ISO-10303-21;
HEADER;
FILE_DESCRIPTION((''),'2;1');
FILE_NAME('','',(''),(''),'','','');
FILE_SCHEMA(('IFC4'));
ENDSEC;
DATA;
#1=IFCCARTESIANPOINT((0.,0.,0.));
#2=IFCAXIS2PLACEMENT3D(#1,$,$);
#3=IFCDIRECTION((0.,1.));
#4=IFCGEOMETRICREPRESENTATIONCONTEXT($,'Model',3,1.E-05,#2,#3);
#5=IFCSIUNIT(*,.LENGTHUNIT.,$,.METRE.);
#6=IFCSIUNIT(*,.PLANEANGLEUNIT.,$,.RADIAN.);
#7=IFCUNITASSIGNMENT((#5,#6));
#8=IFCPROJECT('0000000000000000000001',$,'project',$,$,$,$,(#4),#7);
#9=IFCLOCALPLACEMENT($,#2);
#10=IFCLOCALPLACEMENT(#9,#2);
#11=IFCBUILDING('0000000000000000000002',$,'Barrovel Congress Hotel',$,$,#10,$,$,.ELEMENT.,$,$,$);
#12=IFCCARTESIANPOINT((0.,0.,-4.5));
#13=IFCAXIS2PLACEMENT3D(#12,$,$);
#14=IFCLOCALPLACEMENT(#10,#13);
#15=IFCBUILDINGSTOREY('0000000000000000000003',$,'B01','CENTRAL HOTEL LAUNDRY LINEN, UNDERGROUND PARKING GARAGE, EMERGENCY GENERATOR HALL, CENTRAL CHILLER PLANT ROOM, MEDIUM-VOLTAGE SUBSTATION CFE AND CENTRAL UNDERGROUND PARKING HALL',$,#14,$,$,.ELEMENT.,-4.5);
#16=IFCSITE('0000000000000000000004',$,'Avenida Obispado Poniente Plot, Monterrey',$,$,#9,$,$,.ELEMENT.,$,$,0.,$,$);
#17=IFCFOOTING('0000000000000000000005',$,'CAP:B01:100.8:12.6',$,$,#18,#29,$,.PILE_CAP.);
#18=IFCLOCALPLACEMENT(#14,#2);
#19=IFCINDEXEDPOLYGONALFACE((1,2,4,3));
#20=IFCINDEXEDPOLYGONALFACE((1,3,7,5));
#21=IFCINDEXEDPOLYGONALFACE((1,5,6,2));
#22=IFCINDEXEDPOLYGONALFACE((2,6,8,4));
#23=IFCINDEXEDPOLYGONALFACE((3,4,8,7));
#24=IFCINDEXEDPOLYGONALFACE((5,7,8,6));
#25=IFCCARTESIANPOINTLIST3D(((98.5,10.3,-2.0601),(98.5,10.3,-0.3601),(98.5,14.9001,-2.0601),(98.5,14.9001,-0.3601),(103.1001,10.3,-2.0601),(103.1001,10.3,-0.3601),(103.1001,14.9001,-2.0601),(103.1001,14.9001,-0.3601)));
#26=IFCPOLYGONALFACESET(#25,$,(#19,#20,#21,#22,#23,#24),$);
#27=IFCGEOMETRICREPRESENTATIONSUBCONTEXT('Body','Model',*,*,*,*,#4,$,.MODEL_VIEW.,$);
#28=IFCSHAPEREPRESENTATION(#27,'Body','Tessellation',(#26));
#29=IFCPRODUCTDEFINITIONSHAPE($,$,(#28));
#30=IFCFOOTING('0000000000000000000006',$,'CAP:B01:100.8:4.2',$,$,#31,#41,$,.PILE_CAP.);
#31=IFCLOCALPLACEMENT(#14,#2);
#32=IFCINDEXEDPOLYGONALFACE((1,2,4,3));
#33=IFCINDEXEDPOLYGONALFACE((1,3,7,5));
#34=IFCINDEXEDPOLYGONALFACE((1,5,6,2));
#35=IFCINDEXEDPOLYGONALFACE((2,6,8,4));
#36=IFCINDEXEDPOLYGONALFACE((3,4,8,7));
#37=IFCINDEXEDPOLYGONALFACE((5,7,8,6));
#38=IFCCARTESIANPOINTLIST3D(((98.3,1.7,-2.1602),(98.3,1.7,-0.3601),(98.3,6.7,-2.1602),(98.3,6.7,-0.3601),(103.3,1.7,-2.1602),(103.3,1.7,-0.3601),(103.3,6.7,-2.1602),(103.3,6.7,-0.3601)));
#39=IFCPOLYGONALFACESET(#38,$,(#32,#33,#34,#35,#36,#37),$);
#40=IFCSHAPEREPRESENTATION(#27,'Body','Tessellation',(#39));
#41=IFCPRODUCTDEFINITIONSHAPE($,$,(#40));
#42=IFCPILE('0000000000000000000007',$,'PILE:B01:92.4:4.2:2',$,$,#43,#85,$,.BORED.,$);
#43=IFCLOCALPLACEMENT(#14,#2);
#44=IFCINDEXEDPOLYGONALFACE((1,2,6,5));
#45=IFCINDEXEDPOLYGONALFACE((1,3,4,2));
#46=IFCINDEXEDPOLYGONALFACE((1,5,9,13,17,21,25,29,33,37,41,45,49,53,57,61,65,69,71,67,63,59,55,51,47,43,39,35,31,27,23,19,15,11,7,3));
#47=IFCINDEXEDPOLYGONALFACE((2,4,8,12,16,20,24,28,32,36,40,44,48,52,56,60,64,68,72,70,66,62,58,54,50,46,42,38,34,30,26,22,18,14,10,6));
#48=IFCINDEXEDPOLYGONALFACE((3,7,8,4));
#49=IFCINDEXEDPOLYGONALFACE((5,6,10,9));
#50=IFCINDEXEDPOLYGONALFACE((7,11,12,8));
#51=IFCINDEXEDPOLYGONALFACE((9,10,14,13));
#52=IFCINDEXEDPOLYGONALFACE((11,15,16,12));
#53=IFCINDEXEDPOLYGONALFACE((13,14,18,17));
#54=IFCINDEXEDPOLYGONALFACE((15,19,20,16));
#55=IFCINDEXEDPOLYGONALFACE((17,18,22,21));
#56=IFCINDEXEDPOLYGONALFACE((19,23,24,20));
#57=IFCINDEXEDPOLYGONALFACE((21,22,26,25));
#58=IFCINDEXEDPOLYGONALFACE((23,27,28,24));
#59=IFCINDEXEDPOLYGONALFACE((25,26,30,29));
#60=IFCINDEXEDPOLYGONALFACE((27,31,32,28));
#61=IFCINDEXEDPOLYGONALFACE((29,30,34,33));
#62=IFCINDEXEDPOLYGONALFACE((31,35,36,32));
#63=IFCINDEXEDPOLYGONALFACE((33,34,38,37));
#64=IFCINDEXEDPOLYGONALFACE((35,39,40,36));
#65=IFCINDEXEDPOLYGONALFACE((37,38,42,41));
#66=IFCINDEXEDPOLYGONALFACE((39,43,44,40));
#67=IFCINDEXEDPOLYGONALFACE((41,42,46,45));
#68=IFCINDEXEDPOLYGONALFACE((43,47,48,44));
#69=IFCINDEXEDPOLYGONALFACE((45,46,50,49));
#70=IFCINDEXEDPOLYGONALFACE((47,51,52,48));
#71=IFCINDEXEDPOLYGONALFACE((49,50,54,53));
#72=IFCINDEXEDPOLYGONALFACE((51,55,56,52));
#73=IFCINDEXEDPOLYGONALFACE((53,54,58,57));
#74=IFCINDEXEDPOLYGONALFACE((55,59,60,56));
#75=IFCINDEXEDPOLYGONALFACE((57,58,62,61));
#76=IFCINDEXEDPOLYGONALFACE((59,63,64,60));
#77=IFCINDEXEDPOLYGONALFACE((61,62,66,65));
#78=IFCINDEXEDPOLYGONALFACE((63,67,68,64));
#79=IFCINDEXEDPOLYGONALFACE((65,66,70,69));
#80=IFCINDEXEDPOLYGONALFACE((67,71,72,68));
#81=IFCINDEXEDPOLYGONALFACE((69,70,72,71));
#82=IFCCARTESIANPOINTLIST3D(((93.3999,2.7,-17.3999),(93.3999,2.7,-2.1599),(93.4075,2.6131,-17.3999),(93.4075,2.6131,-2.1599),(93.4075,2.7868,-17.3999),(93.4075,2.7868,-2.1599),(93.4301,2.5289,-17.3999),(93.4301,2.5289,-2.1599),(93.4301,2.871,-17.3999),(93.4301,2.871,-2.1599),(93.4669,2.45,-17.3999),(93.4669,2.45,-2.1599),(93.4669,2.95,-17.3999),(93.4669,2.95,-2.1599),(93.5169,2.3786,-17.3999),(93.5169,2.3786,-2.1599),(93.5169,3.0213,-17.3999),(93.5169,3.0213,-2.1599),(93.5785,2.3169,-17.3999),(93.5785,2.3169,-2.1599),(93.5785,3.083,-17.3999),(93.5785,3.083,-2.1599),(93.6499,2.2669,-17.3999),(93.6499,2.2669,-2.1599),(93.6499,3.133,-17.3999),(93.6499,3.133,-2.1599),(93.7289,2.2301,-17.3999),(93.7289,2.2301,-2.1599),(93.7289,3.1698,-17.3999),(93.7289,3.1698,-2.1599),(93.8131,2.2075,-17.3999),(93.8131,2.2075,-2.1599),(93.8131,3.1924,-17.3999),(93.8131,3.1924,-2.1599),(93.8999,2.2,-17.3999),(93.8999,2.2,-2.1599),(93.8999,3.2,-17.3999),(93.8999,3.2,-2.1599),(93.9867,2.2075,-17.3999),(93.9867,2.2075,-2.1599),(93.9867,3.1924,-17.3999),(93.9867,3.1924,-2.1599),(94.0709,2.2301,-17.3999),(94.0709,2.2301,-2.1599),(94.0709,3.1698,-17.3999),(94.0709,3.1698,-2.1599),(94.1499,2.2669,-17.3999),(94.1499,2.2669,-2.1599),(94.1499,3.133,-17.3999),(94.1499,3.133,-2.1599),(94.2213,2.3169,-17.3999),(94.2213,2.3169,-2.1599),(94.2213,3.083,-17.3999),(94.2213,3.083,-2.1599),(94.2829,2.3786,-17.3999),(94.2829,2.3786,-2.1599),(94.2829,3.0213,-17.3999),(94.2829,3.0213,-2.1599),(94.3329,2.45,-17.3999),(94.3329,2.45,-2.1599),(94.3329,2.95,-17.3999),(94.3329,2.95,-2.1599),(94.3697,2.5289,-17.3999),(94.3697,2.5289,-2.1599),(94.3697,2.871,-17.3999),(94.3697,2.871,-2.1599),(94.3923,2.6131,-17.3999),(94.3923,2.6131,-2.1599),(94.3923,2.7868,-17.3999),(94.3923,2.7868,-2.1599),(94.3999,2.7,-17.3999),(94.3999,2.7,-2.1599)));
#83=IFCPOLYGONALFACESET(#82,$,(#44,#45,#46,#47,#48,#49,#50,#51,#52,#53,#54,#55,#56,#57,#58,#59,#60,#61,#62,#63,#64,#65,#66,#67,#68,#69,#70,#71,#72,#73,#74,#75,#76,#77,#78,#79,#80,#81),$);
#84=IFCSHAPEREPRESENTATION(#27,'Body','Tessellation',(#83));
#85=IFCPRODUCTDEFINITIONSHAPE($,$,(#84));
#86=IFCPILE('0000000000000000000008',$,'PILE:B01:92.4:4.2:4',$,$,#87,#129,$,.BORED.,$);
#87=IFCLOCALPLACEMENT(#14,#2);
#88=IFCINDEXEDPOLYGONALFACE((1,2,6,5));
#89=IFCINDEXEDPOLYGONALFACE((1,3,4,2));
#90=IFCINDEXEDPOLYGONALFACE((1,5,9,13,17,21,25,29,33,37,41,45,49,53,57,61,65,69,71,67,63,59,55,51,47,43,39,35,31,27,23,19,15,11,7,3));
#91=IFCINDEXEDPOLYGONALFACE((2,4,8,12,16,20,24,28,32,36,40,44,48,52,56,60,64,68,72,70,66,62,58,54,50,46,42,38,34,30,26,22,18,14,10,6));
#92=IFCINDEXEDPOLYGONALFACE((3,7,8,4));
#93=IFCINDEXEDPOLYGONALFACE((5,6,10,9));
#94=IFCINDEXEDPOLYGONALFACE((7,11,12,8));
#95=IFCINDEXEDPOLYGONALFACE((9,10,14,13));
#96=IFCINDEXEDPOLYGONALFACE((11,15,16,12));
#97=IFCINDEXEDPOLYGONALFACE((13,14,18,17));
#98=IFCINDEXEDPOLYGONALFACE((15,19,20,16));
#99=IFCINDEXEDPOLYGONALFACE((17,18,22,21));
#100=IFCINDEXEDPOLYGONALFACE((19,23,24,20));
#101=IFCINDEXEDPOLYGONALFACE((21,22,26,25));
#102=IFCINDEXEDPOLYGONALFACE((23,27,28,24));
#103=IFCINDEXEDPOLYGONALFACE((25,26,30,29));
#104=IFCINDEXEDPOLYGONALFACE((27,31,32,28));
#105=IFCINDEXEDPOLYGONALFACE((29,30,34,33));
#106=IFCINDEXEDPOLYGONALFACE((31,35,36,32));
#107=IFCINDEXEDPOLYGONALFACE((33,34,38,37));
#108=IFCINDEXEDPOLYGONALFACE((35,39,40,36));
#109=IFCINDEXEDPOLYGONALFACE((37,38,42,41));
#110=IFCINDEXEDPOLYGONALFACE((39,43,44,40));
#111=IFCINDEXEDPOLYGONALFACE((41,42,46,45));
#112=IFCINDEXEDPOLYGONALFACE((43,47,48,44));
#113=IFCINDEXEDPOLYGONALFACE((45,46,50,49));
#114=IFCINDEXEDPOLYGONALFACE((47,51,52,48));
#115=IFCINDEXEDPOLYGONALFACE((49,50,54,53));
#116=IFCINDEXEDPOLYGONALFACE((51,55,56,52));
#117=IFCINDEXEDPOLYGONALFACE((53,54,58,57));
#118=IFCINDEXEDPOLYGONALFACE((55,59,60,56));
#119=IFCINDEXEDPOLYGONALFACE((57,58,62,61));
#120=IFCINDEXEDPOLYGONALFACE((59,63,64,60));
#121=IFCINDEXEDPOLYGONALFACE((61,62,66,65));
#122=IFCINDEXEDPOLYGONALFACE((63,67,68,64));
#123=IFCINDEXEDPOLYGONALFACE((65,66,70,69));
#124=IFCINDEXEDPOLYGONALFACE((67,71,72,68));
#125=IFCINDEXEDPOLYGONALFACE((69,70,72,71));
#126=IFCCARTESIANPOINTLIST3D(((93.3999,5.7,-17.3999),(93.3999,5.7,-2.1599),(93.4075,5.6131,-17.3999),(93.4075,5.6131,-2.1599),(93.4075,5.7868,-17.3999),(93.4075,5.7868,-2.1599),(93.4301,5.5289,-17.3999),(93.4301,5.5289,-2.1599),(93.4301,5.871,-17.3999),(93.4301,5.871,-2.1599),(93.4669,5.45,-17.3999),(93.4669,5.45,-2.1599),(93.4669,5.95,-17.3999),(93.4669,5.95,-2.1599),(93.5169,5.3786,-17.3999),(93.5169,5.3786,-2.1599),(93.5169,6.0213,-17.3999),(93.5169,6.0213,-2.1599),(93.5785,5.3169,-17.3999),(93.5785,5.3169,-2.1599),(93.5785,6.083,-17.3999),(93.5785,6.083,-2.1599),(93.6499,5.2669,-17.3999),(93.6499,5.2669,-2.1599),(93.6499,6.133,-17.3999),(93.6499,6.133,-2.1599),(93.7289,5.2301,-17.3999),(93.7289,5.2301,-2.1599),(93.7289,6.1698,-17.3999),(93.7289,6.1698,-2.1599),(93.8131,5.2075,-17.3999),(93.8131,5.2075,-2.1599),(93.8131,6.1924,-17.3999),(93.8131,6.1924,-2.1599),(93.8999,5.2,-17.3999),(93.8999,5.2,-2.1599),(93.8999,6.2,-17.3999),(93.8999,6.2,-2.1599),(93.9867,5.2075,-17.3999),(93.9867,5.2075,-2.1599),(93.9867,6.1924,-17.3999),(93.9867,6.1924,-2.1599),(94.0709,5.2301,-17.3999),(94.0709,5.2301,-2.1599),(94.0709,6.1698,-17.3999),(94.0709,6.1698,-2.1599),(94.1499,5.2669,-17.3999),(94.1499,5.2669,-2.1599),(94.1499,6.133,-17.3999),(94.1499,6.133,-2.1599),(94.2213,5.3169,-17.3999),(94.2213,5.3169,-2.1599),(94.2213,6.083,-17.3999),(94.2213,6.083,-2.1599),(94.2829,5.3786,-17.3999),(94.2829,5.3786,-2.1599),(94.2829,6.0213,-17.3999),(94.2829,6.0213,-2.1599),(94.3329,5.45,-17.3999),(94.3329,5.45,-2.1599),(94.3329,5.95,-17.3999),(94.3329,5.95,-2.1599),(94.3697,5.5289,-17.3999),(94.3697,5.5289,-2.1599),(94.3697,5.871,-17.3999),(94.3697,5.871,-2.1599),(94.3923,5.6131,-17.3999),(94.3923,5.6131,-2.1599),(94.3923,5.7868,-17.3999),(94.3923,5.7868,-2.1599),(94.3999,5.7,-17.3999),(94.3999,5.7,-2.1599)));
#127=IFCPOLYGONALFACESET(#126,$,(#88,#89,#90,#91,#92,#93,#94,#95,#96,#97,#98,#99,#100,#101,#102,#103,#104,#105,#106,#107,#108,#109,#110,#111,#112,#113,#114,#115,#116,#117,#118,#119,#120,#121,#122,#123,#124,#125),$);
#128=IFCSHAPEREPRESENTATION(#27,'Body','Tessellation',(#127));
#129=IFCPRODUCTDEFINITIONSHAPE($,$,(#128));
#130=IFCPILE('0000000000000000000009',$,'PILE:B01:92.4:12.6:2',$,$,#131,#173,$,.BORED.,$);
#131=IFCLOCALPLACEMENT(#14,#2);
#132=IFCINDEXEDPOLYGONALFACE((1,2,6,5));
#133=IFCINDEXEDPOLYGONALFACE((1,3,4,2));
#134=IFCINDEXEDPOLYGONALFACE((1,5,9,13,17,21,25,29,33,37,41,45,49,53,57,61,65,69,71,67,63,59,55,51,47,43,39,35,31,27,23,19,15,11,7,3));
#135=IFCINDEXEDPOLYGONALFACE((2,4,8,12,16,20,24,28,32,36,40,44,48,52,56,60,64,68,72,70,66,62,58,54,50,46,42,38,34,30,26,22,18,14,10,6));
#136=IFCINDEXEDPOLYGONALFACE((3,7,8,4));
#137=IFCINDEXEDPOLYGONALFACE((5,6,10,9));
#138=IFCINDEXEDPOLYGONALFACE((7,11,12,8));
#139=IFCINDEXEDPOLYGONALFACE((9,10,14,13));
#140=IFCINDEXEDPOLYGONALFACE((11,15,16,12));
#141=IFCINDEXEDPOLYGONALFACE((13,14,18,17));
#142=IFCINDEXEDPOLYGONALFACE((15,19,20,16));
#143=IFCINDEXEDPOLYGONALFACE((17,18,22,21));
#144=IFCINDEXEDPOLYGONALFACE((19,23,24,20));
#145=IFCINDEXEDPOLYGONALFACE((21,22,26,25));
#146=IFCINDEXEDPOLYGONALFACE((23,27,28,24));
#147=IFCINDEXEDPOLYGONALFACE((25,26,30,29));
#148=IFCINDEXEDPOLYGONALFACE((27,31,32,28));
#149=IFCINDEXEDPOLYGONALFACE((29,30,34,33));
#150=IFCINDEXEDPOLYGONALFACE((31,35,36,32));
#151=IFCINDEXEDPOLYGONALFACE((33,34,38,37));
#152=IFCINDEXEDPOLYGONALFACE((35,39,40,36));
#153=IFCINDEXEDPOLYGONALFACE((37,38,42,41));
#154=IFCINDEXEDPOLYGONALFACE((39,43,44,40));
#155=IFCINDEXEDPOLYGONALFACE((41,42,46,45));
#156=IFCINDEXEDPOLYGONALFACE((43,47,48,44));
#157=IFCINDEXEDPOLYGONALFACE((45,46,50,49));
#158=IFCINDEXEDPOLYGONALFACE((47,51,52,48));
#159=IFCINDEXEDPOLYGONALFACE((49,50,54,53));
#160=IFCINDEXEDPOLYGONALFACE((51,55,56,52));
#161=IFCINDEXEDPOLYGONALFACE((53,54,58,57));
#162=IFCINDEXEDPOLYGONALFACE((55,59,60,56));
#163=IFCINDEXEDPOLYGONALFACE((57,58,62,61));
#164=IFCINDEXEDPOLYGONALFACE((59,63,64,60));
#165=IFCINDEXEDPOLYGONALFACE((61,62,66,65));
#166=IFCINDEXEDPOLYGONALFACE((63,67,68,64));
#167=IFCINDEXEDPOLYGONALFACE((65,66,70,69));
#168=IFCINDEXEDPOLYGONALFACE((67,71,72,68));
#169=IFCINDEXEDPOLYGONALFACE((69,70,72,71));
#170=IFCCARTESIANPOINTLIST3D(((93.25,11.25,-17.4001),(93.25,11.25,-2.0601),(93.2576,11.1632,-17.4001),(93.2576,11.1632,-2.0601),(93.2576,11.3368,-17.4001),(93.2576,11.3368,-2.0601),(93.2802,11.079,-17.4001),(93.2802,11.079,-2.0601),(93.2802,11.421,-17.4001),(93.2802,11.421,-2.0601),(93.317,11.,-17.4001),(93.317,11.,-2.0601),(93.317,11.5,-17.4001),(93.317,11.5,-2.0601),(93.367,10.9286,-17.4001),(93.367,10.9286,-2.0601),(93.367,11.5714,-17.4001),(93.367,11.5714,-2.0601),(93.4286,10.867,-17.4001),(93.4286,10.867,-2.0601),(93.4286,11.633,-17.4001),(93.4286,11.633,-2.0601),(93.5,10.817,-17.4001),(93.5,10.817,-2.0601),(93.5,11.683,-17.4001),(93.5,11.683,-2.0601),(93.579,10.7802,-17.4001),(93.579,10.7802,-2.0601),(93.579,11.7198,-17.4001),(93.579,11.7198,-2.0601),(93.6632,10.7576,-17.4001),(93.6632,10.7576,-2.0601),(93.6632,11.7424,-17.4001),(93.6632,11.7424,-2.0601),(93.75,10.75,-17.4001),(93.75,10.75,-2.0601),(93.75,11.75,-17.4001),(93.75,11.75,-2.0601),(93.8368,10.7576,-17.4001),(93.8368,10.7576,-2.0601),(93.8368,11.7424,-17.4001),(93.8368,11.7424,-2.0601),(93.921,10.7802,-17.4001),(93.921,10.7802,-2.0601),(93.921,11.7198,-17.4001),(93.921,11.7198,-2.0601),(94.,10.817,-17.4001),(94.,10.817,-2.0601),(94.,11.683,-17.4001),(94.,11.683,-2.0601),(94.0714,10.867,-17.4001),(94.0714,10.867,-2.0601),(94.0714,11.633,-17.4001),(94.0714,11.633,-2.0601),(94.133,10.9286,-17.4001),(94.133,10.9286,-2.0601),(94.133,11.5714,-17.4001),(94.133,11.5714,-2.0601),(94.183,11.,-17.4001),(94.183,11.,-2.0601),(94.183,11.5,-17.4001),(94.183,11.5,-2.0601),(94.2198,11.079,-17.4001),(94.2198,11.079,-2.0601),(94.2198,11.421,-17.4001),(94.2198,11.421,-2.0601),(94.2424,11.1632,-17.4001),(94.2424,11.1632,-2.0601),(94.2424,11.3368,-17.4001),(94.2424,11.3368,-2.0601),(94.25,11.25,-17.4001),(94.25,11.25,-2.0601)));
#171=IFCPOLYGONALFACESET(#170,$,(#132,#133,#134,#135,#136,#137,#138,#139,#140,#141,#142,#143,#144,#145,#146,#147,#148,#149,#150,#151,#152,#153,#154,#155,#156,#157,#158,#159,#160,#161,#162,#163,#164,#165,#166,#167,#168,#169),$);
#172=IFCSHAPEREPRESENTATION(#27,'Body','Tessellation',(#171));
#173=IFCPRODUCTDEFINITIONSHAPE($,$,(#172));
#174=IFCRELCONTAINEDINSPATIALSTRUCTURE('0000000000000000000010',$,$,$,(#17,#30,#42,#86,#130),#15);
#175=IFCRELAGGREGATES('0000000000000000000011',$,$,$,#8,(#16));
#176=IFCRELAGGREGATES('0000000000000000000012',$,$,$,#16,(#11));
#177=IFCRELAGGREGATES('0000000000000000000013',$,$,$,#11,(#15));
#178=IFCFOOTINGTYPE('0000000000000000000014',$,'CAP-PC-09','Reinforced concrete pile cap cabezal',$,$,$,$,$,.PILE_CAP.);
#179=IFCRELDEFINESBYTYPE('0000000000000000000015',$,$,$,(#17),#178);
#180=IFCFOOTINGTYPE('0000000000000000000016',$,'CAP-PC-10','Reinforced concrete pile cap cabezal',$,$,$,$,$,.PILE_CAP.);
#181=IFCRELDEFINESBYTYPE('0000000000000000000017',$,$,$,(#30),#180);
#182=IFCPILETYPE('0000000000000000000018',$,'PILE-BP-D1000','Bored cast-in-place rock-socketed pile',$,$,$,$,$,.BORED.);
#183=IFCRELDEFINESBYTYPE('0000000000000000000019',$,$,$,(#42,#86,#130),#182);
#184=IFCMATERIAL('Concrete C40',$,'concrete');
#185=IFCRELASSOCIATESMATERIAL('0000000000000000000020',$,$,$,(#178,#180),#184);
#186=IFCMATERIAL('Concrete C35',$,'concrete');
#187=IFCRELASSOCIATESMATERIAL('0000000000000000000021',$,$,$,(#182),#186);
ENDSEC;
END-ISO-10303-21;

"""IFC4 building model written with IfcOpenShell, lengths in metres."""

from ifc_helpers import new_model, si_unit, direction, frame, origin, origin_2d, place, context, subcontext, project, spatial, rectangle, circle, extrude, material, material_profile, profile_set, type_object, element, save


model = new_model("IFC4")

# Units and contexts
model_context = context("Model", 3, precision=1e-05, world=origin(), true_north=direction((0.0, 1.0)))
body_context = subcontext(model_context, "Body", "Model", "MODEL_VIEW")
ifc_project = project(units=[si_unit("LENGTHUNIT", "METRE"), si_unit("PLANEANGLEUNIT", "RADIAN")], contexts=[model_context])

# Site, building, storey
site_placement = place(None, origin())
site = spatial("IfcSite", under=ifc_project, at=site_placement, Name="Avenida Obispado Poniente Plot, Monterrey", CompositionType="ELEMENT", RefElevation=0.0)
building_placement = place(site_placement, origin())
building = spatial("IfcBuilding", under=site, at=building_placement, Name="Barrovel Congress Hotel", CompositionType="ELEMENT")
storey_placement = place(building_placement, frame((0.0, 0.0, -4.5)))
storey = spatial("IfcBuildingStorey", under=building, at=storey_placement, Name="B01", Description="CENTRAL HOTEL LAUNDRY LINEN, UNDERGROUND PARKING GARAGE, EMERGENCY GENERATOR HALL, CENTRAL CHILLER PLANT ROOM, MEDIUM-VOLTAGE SUBSTATION CFE AND CENTRAL UNDERGROUND PARKING HALL", CompositionType="ELEMENT", Elevation=-4.5)

# Footings
ifc_material_1 = material(Name="Concrete C40", Category="concrete")
footing_type_1 = type_object("IfcFootingType", Name="CAP-PC-09", Description="Reinforced concrete pile cap cabezal", PredefinedType="PILE_CAP", material=ifc_material_1)
footing_1_placement = place(storey_placement, frame((100.8, 12.6001, -2.0601), z_axis=(0.0, 0.0, 1.0), x_axis=(1.0, 0.0, 0.0)))
element("IfcFooting", 1, at=footing_1_placement, inside=storey, type_object=footing_type_1, Name="CAP:B01:100.8:12.6", PredefinedType="PILE_CAP", context=body_context, shape_type="SweptSolid", body=[
    extrude(rectangle(XDim=4.6001, YDim=4.6001, at=origin_2d()), origin(), (0.0, 0.0, 1.0), 1.7),
])
footing_type_2 = type_object("IfcFootingType", Name="CAP-PC-10", Description="Reinforced concrete pile cap cabezal", PredefinedType="PILE_CAP", material=ifc_material_1)
footing_2_placement = place(storey_placement, frame((100.8, 4.2, -2.1602), z_axis=(0.0, 0.0, 1.0), x_axis=(1.0, 0.0, 0.0)))
element("IfcFooting", 2, at=footing_2_placement, inside=storey, type_object=footing_type_2, Name="CAP:B01:100.8:4.2", PredefinedType="PILE_CAP", context=body_context, shape_type="SweptSolid", body=[
    extrude(rectangle(XDim=5.0, YDim=5.0, at=origin_2d()), origin(), (0.0, 0.0, 1.0), 1.8),
])

# Piles
ifc_material_2 = material(Name="Concrete C35", Category="concrete")
ifc_material_profile_1 = material_profile(ifc_material_2, circle(Radius=0.5, at=origin_2d()), Name="BP-D1000")
ifc_profile_set_1 = profile_set([ifc_material_profile_1], Name="Concrete C35")
pile_type_1 = type_object("IfcPileType", Name="PILE-BP-D1000", Description="Bored cast-in-place rock-socketed pile", PredefinedType="BORED", material=ifc_profile_set_1)
for number, where, z_axis, x_axis, name in (
    (3, (93.8999, 2.7, -2.1599), (0.0, 0.0, -1.0), (1.0, 0.0, 0.0), "PILE:B01:92.4:4.2:2"),
    (4, (93.8999, 5.7, -2.1599), (0.0, 0.0, -1.0), (1.0, 0.0, 0.0), "PILE:B01:92.4:4.2:4"),
):
    element("IfcPile", number, at=place(storey_placement, frame(where, z_axis=z_axis, x_axis=x_axis)), inside=storey, type_object=pile_type_1, Name=name, PredefinedType="BORED", context=body_context, shape_type="SweptSolid", body=[
        extrude(circle(Radius=0.5, at=origin_2d()), origin(), (0.0, 0.0, 1.0), 15.24),
    ])
pile_1_placement = place(storey_placement, frame((93.75, 11.25, -2.0601), z_axis=(0.0, 0.0, -1.0), x_axis=(1.0, 0.0, 0.0)))
element("IfcPile", 5, at=pile_1_placement, inside=storey, type_object=pile_type_1, Name="PILE:B01:92.4:12.6:2", PredefinedType="BORED", context=body_context, shape_type="SweptSolid", body=[
    extrude(circle(Radius=0.5, at=origin_2d()), origin(), (0.0, 0.0, 1.0), 15.3401),
])

save(model, "model.ifc")
